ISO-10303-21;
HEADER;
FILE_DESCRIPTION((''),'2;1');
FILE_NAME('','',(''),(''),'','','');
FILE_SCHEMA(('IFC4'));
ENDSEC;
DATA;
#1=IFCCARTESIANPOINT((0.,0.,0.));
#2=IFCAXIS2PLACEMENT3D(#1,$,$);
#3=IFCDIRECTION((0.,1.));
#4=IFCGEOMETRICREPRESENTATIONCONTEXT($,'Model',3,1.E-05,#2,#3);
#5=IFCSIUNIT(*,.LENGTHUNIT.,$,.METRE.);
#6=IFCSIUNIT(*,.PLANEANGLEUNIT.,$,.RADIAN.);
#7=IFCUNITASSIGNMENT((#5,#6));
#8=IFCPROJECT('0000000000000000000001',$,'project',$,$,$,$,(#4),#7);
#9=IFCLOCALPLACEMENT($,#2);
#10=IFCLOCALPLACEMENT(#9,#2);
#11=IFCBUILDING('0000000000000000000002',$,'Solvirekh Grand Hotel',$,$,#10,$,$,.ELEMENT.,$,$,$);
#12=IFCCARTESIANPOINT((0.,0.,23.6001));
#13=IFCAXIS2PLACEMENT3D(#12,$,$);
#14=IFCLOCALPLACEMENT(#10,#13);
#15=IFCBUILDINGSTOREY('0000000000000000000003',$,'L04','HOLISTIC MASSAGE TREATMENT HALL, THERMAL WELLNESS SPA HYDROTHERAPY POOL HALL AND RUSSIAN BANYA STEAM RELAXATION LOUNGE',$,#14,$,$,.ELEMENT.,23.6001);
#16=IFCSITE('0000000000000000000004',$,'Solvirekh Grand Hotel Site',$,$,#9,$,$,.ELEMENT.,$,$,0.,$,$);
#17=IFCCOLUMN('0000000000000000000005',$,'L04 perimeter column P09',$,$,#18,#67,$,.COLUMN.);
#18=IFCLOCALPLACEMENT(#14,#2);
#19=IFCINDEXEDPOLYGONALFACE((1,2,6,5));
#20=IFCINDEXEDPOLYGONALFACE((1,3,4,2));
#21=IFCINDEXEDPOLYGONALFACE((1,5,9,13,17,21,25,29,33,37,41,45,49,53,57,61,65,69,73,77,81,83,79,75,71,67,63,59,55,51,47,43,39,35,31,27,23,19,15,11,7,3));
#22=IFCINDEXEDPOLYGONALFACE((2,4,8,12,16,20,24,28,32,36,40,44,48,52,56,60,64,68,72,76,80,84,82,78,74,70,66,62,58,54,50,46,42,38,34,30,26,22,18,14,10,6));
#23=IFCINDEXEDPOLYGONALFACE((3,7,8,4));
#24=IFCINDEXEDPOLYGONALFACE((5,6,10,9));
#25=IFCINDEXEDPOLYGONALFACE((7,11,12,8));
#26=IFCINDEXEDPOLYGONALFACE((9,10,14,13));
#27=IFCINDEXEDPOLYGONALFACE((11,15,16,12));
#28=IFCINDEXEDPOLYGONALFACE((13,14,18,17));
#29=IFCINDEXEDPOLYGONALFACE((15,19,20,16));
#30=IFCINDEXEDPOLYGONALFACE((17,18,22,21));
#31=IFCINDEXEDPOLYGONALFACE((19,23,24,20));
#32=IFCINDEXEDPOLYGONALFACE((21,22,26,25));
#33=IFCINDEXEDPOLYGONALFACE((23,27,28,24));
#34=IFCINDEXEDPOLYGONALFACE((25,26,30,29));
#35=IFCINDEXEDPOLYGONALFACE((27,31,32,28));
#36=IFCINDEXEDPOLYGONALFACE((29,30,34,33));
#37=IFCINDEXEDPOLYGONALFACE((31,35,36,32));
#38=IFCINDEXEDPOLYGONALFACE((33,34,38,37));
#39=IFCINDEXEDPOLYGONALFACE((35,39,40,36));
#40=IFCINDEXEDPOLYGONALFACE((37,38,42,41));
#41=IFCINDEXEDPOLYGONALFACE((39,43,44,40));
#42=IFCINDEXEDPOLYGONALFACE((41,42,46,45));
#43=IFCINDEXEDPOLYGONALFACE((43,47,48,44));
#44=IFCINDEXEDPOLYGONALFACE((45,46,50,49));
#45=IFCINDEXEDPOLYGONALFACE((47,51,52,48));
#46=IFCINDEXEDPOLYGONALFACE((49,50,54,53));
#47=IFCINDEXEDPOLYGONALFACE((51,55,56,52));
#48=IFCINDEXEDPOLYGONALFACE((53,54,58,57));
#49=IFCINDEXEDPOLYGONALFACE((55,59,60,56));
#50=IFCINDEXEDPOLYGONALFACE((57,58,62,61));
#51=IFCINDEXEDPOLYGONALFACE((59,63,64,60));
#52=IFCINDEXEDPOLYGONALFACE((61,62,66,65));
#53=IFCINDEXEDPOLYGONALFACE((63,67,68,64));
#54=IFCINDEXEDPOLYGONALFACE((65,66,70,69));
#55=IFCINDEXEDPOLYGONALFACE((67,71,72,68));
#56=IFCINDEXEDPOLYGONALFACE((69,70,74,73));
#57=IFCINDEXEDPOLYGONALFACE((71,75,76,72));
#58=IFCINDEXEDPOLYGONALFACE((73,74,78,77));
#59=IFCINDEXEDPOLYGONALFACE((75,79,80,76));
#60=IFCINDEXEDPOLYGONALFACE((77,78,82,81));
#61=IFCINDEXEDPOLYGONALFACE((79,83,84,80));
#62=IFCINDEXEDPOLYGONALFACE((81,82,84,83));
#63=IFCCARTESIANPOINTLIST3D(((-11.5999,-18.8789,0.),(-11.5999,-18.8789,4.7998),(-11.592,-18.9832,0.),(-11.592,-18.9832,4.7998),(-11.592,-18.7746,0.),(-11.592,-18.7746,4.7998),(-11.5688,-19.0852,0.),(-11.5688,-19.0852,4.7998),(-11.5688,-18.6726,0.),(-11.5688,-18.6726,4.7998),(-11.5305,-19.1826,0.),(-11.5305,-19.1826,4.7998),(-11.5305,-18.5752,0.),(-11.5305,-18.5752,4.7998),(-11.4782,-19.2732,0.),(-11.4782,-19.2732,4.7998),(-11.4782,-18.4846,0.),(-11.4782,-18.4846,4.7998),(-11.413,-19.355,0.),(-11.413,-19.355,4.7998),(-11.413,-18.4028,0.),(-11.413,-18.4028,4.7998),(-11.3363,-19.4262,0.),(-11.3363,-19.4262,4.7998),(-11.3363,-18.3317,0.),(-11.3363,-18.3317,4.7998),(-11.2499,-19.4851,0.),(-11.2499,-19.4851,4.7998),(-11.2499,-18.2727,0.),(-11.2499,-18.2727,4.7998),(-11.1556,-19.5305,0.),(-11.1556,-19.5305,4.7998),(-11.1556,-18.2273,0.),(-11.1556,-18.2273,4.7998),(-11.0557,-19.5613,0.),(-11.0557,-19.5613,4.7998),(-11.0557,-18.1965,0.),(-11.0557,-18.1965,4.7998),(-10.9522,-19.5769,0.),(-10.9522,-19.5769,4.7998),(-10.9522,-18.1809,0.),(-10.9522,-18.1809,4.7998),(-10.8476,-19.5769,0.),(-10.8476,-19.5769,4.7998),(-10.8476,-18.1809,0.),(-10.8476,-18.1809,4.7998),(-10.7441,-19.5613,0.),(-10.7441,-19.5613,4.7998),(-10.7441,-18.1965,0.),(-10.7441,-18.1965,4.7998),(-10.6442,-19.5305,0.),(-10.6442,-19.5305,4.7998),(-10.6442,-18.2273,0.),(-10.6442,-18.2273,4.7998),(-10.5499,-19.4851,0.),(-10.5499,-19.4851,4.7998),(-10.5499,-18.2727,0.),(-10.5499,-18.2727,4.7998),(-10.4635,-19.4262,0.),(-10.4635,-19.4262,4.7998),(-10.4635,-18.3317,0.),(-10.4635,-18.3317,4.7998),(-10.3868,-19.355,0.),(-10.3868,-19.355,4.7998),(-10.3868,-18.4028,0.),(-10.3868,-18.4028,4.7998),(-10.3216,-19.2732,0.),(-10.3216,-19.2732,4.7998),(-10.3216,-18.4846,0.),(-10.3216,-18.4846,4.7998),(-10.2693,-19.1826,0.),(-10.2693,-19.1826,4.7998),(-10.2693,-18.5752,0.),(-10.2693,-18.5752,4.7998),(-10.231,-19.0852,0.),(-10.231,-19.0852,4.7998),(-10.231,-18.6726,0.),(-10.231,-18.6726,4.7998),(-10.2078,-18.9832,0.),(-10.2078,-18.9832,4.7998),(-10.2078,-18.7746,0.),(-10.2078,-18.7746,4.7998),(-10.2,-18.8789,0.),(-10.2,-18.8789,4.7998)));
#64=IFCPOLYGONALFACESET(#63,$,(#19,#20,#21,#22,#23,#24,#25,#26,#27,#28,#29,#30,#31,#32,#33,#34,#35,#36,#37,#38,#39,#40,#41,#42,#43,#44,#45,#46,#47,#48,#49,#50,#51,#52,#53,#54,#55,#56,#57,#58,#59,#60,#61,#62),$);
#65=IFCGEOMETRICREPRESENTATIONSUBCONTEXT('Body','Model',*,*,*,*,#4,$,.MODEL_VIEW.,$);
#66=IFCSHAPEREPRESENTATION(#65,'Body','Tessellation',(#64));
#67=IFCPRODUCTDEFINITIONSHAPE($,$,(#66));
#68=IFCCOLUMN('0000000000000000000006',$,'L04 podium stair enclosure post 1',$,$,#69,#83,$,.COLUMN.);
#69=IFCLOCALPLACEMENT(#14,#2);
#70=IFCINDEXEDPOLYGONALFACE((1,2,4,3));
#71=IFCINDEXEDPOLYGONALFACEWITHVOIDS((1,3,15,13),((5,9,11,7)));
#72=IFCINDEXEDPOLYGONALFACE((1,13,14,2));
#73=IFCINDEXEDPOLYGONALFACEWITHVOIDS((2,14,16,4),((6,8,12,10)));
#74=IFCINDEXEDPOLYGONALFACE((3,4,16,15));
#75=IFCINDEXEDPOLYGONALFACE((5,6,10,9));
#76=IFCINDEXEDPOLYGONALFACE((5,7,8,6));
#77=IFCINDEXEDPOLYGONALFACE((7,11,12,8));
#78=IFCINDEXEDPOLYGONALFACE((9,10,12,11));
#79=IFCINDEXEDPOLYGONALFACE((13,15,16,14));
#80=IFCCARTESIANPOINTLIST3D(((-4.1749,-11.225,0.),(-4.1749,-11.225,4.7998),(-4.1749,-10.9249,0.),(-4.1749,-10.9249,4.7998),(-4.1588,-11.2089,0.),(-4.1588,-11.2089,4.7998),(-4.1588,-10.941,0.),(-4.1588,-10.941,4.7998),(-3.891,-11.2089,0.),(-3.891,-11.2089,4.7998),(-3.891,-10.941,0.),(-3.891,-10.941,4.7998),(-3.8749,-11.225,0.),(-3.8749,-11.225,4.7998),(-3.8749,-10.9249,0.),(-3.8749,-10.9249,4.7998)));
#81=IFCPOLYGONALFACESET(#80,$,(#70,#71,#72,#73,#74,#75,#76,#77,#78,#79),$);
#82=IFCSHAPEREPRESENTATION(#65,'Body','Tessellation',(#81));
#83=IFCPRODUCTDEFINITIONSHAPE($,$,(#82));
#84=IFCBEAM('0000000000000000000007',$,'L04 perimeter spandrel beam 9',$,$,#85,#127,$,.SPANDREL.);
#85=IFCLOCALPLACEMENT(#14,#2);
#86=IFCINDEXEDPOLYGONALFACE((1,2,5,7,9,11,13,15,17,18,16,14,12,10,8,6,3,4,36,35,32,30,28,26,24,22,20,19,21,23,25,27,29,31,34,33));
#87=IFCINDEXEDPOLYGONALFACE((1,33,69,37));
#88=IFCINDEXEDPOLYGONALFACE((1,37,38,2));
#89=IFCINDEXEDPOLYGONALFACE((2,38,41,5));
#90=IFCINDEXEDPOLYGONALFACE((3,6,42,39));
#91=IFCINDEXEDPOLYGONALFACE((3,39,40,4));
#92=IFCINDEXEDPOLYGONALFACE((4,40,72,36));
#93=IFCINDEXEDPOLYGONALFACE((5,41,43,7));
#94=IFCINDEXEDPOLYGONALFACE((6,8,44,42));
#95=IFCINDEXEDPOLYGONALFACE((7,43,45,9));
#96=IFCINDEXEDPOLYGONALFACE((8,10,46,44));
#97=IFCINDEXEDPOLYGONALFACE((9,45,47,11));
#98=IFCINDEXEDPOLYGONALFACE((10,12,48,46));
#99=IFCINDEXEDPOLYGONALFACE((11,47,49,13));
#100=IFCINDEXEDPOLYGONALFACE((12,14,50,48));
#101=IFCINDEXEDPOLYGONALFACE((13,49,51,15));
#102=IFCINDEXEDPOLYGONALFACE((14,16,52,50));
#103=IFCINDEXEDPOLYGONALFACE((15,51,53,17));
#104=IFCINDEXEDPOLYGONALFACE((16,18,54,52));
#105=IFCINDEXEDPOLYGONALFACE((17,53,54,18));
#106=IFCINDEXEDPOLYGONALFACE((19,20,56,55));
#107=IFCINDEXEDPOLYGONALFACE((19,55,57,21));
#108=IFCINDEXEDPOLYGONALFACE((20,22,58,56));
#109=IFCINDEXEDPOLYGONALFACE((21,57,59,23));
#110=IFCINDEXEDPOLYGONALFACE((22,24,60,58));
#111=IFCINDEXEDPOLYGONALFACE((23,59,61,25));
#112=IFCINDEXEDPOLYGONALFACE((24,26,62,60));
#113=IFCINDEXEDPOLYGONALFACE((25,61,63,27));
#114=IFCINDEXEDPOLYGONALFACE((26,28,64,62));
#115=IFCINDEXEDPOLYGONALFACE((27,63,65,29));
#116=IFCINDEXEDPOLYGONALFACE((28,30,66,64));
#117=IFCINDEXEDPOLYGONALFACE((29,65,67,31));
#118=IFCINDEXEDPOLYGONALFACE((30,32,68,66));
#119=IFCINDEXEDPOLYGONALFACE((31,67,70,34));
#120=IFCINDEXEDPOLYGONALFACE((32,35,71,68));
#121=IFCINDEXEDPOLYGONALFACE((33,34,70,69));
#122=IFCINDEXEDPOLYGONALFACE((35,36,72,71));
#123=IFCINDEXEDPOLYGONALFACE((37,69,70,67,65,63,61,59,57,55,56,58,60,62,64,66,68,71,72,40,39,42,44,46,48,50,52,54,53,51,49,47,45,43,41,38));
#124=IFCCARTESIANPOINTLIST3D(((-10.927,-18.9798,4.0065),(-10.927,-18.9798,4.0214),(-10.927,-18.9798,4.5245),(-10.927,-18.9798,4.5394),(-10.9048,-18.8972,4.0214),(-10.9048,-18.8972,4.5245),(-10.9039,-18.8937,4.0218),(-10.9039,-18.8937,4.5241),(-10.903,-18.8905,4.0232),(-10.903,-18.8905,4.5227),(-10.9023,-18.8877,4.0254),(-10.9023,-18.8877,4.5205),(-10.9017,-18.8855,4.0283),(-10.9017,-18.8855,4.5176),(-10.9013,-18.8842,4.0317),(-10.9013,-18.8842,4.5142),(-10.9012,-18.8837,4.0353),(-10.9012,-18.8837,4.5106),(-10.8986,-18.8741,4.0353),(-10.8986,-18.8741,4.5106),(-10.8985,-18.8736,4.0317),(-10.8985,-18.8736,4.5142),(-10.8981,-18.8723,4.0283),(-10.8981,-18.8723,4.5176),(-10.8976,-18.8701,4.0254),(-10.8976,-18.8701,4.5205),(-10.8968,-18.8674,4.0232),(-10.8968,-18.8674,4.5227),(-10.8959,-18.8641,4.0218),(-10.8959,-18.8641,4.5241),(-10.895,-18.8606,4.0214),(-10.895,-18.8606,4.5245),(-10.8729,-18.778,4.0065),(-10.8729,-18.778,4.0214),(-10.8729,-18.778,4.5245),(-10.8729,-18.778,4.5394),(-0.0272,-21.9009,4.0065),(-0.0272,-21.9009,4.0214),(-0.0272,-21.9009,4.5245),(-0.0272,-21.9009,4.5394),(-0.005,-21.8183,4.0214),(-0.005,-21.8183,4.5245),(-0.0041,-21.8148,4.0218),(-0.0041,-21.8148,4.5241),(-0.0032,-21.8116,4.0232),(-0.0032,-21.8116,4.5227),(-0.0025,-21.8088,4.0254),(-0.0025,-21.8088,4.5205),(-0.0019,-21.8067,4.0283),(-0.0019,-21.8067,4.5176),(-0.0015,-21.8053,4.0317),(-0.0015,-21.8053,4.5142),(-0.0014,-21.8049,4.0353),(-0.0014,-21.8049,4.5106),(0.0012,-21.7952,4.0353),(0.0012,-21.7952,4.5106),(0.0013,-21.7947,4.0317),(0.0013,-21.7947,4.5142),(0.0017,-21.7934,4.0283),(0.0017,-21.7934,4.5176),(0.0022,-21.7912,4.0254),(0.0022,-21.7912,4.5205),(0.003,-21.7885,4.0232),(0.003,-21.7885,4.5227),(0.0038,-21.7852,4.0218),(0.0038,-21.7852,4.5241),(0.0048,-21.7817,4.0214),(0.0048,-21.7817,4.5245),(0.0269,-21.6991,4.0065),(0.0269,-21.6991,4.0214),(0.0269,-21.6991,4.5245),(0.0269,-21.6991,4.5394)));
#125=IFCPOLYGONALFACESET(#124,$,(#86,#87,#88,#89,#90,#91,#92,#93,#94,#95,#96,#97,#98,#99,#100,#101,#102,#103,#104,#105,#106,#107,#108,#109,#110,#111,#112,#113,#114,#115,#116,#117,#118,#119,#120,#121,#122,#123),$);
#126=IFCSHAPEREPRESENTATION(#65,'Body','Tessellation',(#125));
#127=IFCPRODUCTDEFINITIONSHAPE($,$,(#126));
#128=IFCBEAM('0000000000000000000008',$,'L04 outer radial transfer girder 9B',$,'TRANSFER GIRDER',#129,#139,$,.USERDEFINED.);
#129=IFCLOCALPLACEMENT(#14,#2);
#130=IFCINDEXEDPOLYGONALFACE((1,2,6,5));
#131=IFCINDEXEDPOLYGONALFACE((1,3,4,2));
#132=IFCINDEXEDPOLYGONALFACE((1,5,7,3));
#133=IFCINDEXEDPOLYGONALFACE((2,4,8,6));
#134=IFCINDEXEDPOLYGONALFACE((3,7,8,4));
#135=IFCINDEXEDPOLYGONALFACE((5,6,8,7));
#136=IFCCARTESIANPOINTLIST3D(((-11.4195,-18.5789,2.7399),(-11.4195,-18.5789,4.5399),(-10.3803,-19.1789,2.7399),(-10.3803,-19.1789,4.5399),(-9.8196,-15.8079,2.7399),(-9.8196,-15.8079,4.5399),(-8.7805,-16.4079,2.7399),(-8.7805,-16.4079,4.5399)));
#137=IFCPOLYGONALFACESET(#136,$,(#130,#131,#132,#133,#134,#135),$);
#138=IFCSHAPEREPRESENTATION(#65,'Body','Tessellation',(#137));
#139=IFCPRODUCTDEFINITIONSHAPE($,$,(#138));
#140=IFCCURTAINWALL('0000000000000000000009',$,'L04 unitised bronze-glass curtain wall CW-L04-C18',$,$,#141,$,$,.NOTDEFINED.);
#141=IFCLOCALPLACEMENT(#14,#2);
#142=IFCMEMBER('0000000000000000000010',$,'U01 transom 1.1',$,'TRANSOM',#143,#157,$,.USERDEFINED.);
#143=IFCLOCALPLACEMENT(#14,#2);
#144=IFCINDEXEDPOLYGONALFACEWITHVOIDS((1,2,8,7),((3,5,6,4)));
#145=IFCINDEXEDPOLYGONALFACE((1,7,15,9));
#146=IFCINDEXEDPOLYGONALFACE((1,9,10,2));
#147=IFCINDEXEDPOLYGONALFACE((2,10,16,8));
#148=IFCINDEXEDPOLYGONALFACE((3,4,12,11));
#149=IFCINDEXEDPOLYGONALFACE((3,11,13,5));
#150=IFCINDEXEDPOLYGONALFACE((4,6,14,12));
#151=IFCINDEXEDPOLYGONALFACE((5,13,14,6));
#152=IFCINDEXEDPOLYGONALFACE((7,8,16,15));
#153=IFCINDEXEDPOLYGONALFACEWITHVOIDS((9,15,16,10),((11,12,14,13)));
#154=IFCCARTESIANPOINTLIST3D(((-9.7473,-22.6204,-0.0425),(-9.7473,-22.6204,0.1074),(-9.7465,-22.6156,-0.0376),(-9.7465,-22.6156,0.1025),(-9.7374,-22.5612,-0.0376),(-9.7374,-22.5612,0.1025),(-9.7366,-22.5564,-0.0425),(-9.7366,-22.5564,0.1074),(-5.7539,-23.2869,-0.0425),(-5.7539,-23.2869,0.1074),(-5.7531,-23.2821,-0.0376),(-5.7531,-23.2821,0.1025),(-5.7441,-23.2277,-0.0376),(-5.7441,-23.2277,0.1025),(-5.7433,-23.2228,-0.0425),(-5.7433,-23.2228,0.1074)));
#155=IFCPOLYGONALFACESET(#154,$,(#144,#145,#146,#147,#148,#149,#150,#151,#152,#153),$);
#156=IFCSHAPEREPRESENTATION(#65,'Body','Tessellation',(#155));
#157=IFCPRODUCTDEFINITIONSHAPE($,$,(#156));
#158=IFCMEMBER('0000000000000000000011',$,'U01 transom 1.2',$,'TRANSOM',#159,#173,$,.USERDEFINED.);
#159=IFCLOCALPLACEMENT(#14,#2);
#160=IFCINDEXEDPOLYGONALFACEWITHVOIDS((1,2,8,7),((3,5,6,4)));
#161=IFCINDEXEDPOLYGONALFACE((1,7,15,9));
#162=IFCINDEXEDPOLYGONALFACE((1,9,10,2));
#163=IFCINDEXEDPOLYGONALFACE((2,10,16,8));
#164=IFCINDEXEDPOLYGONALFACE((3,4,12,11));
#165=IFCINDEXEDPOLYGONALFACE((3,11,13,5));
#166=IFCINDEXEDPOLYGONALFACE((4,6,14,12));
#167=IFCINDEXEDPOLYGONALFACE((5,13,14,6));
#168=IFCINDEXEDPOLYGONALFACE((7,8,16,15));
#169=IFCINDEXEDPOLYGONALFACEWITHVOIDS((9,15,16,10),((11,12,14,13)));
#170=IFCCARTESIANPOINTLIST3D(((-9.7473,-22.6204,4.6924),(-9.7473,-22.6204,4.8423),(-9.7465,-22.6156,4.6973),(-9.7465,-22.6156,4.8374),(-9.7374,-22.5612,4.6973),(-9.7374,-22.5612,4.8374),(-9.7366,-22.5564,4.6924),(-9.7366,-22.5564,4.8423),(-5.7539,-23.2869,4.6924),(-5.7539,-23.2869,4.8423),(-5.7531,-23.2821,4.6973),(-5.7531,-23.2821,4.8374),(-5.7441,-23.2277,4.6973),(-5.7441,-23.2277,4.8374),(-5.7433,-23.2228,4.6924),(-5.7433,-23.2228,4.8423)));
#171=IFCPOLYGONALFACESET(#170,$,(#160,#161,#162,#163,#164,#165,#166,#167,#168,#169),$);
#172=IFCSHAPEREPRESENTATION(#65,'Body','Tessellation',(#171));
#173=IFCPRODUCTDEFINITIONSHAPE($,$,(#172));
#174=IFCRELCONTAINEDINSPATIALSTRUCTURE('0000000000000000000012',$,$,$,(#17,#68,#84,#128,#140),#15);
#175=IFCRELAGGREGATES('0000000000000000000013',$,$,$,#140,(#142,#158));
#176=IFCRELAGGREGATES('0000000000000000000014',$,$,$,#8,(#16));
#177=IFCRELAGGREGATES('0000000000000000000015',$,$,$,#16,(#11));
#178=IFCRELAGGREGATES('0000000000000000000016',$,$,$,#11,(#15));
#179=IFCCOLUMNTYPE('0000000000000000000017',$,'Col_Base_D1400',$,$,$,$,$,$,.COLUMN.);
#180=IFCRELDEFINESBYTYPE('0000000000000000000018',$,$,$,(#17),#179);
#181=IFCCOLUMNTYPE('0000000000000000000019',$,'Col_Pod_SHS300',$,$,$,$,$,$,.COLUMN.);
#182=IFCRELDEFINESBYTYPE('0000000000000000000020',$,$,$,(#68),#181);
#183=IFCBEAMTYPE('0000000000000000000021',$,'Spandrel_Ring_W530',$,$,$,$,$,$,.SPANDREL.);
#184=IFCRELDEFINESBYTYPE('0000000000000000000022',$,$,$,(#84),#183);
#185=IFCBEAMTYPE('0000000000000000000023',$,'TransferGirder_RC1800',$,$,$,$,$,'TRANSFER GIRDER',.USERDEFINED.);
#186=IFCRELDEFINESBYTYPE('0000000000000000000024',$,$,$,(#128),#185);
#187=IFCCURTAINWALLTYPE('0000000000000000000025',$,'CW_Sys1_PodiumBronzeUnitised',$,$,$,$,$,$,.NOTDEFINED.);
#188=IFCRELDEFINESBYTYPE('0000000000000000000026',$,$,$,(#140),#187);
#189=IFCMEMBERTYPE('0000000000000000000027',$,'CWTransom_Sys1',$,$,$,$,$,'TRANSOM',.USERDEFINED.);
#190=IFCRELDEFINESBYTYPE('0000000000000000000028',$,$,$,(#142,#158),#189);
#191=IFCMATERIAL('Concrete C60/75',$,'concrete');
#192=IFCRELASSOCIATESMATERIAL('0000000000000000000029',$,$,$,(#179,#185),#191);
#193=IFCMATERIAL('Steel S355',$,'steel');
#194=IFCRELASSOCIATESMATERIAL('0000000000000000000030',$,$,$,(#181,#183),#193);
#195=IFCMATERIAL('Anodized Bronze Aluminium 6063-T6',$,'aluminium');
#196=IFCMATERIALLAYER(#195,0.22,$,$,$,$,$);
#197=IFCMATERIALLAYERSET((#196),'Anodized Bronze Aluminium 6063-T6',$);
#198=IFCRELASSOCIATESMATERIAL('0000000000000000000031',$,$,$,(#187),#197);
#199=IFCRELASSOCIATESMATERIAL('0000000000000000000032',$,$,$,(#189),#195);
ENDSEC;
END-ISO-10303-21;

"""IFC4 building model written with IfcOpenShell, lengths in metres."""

from ifc_helpers import new_model, si_unit, direction, frame, origin, origin_2d, place, context, subcontext, project, spatial, rectangle, hollow_rectangle, circle, i_section, extrude, source, transform, mapped, material, layer, layer_set, material_profile, profile_set, type_object, element, aggregate, save


model = new_model("IFC4")

# Units and contexts
model_context = context("Model", 3, precision=1e-05, world=origin(), true_north=direction((0.0, 1.0)))
body_context = subcontext(model_context, "Body", "Model", "MODEL_VIEW")
ifc_project = project(units=[si_unit("LENGTHUNIT", "METRE"), si_unit("PLANEANGLEUNIT", "RADIAN")], contexts=[model_context])

# Site, building, storey
site_placement = place(None, origin())
site = spatial("IfcSite", under=ifc_project, at=site_placement, Name="Solvirekh Grand Hotel Site", CompositionType="ELEMENT", RefElevation=0.0)
building_placement = place(site_placement, origin())
building = spatial("IfcBuilding", under=site, at=building_placement, Name="Solvirekh Grand Hotel", CompositionType="ELEMENT")
storey_placement = place(building_placement, frame((0.0, 0.0, 23.6001)))
storey = spatial("IfcBuildingStorey", under=building, at=storey_placement, Name="L04", Description="HOLISTIC MASSAGE TREATMENT HALL, THERMAL WELLNESS SPA HYDROTHERAPY POOL HALL AND RUSSIAN BANYA STEAM RELAXATION LOUNGE", CompositionType="ELEMENT", Elevation=23.6001)

# Columns
ifc_material_1 = material(Name="Concrete C60/75", Category="concrete")
ifc_material_profile_1 = material_profile(ifc_material_1, circle(Radius=0.7, at=origin_2d()), Name="RC CIRC D1400")
ifc_profile_set_1 = profile_set([ifc_material_profile_1], Name="Concrete C60/75")
column_type_1 = type_object("IfcColumnType", Name="Col_Base_D1400", PredefinedType="COLUMN", material=ifc_profile_set_1)
column_1_placement = place(storey_placement, frame((-10.8999, -18.8789, 0.0), z_axis=(0.0, 0.0, 1.0), x_axis=(1.0, 0.0, 0.0)))
element("IfcColumn", 1, at=column_1_placement, inside=storey, type_object=column_type_1, Name="L04 perimeter column P09", PredefinedType="COLUMN", context=body_context, shape_type="SweptSolid", body=[
    extrude(circle(Radius=0.7, at=origin_2d()), origin(), (0.0, 0.0, 1.0), 4.7998),
])
ifc_material_2 = material(Name="Steel S355", Category="steel")
ifc_material_profile_2 = material_profile(ifc_material_2, hollow_rectangle(XDim=0.3, YDim=0.3, WallThickness=0.0161, at=origin_2d()), Name="SHS 300X300X16")
ifc_profile_set_2 = profile_set([ifc_material_profile_2], Name="Steel S355")
column_type_2 = type_object("IfcColumnType", Name="Col_Pod_SHS300", PredefinedType="COLUMN", material=ifc_profile_set_2)
column_2_placement = place(storey_placement, frame((-4.0249, -11.075, 0.0), z_axis=(0.0, 0.0, 1.0), x_axis=(1.0, 0.0, 0.0)))
element("IfcColumn", 2, at=column_2_placement, inside=storey, type_object=column_type_2, Name="L04 podium stair enclosure post 1", PredefinedType="COLUMN", context=body_context, shape_type="SweptSolid", body=[
    extrude(hollow_rectangle(XDim=0.3, YDim=0.3, WallThickness=0.0161, at=origin_2d()), origin(), (0.0, 0.0, 1.0), 4.7998),
])

# Beams
ifc_material_profile_3 = material_profile(ifc_material_2, i_section(OverallWidth=0.209, OverallDepth=0.533, WebThickness=0.01, FlangeThickness=0.0149, FilletRadius=0.0139, at=origin_2d()), Name="W530X92")
ifc_profile_set_3 = profile_set([ifc_material_profile_3], Name="Steel S355")
beam_type_1 = type_object("IfcBeamType", Name="Spandrel_Ring_W530", PredefinedType="SPANDREL", material=ifc_profile_set_3)
beam_1_placement = place(storey_placement, frame((-10.8999, -18.8789, 4.2729), z_axis=(0.965914, -0.258862, 0.0), x_axis=(0.258862, 0.965914, 0.0)))
element("IfcBeam", 3, at=beam_1_placement, inside=storey, type_object=beam_type_1, Name="L04 perimeter spandrel beam 9", PredefinedType="SPANDREL", context=body_context, shape_type="SweptSolid", body=[
    extrude(i_section(OverallWidth=0.209, OverallDepth=0.533, WebThickness=0.01, FlangeThickness=0.0149, FilletRadius=0.0139, at=origin_2d()), origin(), (0.0, 0.0, 1.0), 11.2844),
])
ifc_material_profile_4 = material_profile(ifc_material_1, rectangle(XDim=1.2, YDim=1.8, at=origin_2d()), Name="RC GIRDER 1200X1800")
ifc_profile_set_4 = profile_set([ifc_material_profile_4], Name="Concrete C60/75")
beam_type_2 = type_object("IfcBeamType", Name="TransferGirder_RC1800", ElementType="TRANSFER GIRDER", PredefinedType="USERDEFINED", material=ifc_profile_set_4)
beam_2_placement = place(storey_placement, frame((-9.3, -16.1079, 3.6399), z_axis=(-0.500004, -0.866023, 0.0), x_axis=(0.866023, -0.500004, 0.0)))
element("IfcBeam", 4, at=beam_2_placement, inside=storey, type_object=beam_type_2, Name="L04 outer radial transfer girder 9B", ObjectType="TRANSFER GIRDER", PredefinedType="USERDEFINED", context=body_context, shape_type="SweptSolid", body=[
    extrude(rectangle(XDim=1.2, YDim=1.8, at=origin_2d()), origin(), (0.0, 0.0, 1.0), 3.1997),
])

# Curtain wall, members
ifc_material_3 = material(Name="Anodized Bronze Aluminium 6063-T6", Category="aluminium")
ifc_layer_1 = layer(ifc_material_3, 0.22)
ifc_layer_set_1 = layer_set([ifc_layer_1], Name="Anodized Bronze Aluminium 6063-T6")
curtain_wall_type = type_object("IfcCurtainWallType", Name="CW_Sys1_PodiumBronzeUnitised", PredefinedType="NOTDEFINED", material=ifc_layer_set_1)
curtain_wall_1_placement = place(storey_placement, origin())
curtain_wall_1 = element("IfcCurtainWall", 5, at=curtain_wall_1_placement, inside=storey, type_object=curtain_wall_type, Name="L04 unitised bronze-glass curtain wall CW-L04-C18", PredefinedType="NOTDEFINED")
ifc_material_profile_5 = material_profile(ifc_material_3, hollow_rectangle(XDim=0.0649, YDim=0.1499, WallThickness=0.0049, at=origin_2d()), Name="ALU RHS 150X65X5")
ifc_profile_set_5 = profile_set([ifc_material_profile_5], Name="Anodized Bronze Aluminium 6063-T6")
member_type_1 = type_object("IfcMemberType", Name="CWTransom_Sys1", ElementType="TRANSOM", PredefinedType="USERDEFINED", material=ifc_profile_set_5)
shared_shape_1 = source(origin(), body_context, "Body", "SweptSolid", [
    extrude(hollow_rectangle(XDim=0.0649, YDim=0.1499, WallThickness=0.0049, at=origin_2d()), origin(), (0.0, 0.0, 1.0), 4.0486),
])
member_1_placement = place(storey_placement, frame((-9.7419, -22.5884, 0.0325), z_axis=(0.986356, -0.164624, 0.0), x_axis=(0.164624, 0.986356, 0.0)))
member_1 = element("IfcMember", 6, at=member_1_placement, type_object=member_type_1, Name="U01 transom 1.1", ObjectType="TRANSOM", PredefinedType="USERDEFINED", context=body_context, shape_type="MappedRepresentation", body=[
    mapped(shared_shape_1, transform((0.0, 0.0, 0.0), x_axis=(1.0, 0.0, 0.0), y_axis=(0.0, 1.0, 0.0), z_axis=(0.0, 0.0, 1.0), scale=1.0)),
])
member_2_placement = place(storey_placement, frame((-9.7419, -22.5884, 4.7673), z_axis=(0.986356, -0.164624, 0.0), x_axis=(0.164624, 0.986356, 0.0)))
member_2 = element("IfcMember", 7, at=member_2_placement, type_object=member_type_1, Name="U01 transom 1.2", ObjectType="TRANSOM", PredefinedType="USERDEFINED", context=body_context, shape_type="MappedRepresentation", body=[
    mapped(shared_shape_1, transform((0.0, 0.0, 0.0), x_axis=(1.0, 0.0, 0.0), y_axis=(0.0, 1.0, 0.0), z_axis=(0.0, 0.0, 1.0), scale=1.0)),
])

aggregate(curtain_wall_1, [member_1, member_2])

save(model, "model.ifc")
